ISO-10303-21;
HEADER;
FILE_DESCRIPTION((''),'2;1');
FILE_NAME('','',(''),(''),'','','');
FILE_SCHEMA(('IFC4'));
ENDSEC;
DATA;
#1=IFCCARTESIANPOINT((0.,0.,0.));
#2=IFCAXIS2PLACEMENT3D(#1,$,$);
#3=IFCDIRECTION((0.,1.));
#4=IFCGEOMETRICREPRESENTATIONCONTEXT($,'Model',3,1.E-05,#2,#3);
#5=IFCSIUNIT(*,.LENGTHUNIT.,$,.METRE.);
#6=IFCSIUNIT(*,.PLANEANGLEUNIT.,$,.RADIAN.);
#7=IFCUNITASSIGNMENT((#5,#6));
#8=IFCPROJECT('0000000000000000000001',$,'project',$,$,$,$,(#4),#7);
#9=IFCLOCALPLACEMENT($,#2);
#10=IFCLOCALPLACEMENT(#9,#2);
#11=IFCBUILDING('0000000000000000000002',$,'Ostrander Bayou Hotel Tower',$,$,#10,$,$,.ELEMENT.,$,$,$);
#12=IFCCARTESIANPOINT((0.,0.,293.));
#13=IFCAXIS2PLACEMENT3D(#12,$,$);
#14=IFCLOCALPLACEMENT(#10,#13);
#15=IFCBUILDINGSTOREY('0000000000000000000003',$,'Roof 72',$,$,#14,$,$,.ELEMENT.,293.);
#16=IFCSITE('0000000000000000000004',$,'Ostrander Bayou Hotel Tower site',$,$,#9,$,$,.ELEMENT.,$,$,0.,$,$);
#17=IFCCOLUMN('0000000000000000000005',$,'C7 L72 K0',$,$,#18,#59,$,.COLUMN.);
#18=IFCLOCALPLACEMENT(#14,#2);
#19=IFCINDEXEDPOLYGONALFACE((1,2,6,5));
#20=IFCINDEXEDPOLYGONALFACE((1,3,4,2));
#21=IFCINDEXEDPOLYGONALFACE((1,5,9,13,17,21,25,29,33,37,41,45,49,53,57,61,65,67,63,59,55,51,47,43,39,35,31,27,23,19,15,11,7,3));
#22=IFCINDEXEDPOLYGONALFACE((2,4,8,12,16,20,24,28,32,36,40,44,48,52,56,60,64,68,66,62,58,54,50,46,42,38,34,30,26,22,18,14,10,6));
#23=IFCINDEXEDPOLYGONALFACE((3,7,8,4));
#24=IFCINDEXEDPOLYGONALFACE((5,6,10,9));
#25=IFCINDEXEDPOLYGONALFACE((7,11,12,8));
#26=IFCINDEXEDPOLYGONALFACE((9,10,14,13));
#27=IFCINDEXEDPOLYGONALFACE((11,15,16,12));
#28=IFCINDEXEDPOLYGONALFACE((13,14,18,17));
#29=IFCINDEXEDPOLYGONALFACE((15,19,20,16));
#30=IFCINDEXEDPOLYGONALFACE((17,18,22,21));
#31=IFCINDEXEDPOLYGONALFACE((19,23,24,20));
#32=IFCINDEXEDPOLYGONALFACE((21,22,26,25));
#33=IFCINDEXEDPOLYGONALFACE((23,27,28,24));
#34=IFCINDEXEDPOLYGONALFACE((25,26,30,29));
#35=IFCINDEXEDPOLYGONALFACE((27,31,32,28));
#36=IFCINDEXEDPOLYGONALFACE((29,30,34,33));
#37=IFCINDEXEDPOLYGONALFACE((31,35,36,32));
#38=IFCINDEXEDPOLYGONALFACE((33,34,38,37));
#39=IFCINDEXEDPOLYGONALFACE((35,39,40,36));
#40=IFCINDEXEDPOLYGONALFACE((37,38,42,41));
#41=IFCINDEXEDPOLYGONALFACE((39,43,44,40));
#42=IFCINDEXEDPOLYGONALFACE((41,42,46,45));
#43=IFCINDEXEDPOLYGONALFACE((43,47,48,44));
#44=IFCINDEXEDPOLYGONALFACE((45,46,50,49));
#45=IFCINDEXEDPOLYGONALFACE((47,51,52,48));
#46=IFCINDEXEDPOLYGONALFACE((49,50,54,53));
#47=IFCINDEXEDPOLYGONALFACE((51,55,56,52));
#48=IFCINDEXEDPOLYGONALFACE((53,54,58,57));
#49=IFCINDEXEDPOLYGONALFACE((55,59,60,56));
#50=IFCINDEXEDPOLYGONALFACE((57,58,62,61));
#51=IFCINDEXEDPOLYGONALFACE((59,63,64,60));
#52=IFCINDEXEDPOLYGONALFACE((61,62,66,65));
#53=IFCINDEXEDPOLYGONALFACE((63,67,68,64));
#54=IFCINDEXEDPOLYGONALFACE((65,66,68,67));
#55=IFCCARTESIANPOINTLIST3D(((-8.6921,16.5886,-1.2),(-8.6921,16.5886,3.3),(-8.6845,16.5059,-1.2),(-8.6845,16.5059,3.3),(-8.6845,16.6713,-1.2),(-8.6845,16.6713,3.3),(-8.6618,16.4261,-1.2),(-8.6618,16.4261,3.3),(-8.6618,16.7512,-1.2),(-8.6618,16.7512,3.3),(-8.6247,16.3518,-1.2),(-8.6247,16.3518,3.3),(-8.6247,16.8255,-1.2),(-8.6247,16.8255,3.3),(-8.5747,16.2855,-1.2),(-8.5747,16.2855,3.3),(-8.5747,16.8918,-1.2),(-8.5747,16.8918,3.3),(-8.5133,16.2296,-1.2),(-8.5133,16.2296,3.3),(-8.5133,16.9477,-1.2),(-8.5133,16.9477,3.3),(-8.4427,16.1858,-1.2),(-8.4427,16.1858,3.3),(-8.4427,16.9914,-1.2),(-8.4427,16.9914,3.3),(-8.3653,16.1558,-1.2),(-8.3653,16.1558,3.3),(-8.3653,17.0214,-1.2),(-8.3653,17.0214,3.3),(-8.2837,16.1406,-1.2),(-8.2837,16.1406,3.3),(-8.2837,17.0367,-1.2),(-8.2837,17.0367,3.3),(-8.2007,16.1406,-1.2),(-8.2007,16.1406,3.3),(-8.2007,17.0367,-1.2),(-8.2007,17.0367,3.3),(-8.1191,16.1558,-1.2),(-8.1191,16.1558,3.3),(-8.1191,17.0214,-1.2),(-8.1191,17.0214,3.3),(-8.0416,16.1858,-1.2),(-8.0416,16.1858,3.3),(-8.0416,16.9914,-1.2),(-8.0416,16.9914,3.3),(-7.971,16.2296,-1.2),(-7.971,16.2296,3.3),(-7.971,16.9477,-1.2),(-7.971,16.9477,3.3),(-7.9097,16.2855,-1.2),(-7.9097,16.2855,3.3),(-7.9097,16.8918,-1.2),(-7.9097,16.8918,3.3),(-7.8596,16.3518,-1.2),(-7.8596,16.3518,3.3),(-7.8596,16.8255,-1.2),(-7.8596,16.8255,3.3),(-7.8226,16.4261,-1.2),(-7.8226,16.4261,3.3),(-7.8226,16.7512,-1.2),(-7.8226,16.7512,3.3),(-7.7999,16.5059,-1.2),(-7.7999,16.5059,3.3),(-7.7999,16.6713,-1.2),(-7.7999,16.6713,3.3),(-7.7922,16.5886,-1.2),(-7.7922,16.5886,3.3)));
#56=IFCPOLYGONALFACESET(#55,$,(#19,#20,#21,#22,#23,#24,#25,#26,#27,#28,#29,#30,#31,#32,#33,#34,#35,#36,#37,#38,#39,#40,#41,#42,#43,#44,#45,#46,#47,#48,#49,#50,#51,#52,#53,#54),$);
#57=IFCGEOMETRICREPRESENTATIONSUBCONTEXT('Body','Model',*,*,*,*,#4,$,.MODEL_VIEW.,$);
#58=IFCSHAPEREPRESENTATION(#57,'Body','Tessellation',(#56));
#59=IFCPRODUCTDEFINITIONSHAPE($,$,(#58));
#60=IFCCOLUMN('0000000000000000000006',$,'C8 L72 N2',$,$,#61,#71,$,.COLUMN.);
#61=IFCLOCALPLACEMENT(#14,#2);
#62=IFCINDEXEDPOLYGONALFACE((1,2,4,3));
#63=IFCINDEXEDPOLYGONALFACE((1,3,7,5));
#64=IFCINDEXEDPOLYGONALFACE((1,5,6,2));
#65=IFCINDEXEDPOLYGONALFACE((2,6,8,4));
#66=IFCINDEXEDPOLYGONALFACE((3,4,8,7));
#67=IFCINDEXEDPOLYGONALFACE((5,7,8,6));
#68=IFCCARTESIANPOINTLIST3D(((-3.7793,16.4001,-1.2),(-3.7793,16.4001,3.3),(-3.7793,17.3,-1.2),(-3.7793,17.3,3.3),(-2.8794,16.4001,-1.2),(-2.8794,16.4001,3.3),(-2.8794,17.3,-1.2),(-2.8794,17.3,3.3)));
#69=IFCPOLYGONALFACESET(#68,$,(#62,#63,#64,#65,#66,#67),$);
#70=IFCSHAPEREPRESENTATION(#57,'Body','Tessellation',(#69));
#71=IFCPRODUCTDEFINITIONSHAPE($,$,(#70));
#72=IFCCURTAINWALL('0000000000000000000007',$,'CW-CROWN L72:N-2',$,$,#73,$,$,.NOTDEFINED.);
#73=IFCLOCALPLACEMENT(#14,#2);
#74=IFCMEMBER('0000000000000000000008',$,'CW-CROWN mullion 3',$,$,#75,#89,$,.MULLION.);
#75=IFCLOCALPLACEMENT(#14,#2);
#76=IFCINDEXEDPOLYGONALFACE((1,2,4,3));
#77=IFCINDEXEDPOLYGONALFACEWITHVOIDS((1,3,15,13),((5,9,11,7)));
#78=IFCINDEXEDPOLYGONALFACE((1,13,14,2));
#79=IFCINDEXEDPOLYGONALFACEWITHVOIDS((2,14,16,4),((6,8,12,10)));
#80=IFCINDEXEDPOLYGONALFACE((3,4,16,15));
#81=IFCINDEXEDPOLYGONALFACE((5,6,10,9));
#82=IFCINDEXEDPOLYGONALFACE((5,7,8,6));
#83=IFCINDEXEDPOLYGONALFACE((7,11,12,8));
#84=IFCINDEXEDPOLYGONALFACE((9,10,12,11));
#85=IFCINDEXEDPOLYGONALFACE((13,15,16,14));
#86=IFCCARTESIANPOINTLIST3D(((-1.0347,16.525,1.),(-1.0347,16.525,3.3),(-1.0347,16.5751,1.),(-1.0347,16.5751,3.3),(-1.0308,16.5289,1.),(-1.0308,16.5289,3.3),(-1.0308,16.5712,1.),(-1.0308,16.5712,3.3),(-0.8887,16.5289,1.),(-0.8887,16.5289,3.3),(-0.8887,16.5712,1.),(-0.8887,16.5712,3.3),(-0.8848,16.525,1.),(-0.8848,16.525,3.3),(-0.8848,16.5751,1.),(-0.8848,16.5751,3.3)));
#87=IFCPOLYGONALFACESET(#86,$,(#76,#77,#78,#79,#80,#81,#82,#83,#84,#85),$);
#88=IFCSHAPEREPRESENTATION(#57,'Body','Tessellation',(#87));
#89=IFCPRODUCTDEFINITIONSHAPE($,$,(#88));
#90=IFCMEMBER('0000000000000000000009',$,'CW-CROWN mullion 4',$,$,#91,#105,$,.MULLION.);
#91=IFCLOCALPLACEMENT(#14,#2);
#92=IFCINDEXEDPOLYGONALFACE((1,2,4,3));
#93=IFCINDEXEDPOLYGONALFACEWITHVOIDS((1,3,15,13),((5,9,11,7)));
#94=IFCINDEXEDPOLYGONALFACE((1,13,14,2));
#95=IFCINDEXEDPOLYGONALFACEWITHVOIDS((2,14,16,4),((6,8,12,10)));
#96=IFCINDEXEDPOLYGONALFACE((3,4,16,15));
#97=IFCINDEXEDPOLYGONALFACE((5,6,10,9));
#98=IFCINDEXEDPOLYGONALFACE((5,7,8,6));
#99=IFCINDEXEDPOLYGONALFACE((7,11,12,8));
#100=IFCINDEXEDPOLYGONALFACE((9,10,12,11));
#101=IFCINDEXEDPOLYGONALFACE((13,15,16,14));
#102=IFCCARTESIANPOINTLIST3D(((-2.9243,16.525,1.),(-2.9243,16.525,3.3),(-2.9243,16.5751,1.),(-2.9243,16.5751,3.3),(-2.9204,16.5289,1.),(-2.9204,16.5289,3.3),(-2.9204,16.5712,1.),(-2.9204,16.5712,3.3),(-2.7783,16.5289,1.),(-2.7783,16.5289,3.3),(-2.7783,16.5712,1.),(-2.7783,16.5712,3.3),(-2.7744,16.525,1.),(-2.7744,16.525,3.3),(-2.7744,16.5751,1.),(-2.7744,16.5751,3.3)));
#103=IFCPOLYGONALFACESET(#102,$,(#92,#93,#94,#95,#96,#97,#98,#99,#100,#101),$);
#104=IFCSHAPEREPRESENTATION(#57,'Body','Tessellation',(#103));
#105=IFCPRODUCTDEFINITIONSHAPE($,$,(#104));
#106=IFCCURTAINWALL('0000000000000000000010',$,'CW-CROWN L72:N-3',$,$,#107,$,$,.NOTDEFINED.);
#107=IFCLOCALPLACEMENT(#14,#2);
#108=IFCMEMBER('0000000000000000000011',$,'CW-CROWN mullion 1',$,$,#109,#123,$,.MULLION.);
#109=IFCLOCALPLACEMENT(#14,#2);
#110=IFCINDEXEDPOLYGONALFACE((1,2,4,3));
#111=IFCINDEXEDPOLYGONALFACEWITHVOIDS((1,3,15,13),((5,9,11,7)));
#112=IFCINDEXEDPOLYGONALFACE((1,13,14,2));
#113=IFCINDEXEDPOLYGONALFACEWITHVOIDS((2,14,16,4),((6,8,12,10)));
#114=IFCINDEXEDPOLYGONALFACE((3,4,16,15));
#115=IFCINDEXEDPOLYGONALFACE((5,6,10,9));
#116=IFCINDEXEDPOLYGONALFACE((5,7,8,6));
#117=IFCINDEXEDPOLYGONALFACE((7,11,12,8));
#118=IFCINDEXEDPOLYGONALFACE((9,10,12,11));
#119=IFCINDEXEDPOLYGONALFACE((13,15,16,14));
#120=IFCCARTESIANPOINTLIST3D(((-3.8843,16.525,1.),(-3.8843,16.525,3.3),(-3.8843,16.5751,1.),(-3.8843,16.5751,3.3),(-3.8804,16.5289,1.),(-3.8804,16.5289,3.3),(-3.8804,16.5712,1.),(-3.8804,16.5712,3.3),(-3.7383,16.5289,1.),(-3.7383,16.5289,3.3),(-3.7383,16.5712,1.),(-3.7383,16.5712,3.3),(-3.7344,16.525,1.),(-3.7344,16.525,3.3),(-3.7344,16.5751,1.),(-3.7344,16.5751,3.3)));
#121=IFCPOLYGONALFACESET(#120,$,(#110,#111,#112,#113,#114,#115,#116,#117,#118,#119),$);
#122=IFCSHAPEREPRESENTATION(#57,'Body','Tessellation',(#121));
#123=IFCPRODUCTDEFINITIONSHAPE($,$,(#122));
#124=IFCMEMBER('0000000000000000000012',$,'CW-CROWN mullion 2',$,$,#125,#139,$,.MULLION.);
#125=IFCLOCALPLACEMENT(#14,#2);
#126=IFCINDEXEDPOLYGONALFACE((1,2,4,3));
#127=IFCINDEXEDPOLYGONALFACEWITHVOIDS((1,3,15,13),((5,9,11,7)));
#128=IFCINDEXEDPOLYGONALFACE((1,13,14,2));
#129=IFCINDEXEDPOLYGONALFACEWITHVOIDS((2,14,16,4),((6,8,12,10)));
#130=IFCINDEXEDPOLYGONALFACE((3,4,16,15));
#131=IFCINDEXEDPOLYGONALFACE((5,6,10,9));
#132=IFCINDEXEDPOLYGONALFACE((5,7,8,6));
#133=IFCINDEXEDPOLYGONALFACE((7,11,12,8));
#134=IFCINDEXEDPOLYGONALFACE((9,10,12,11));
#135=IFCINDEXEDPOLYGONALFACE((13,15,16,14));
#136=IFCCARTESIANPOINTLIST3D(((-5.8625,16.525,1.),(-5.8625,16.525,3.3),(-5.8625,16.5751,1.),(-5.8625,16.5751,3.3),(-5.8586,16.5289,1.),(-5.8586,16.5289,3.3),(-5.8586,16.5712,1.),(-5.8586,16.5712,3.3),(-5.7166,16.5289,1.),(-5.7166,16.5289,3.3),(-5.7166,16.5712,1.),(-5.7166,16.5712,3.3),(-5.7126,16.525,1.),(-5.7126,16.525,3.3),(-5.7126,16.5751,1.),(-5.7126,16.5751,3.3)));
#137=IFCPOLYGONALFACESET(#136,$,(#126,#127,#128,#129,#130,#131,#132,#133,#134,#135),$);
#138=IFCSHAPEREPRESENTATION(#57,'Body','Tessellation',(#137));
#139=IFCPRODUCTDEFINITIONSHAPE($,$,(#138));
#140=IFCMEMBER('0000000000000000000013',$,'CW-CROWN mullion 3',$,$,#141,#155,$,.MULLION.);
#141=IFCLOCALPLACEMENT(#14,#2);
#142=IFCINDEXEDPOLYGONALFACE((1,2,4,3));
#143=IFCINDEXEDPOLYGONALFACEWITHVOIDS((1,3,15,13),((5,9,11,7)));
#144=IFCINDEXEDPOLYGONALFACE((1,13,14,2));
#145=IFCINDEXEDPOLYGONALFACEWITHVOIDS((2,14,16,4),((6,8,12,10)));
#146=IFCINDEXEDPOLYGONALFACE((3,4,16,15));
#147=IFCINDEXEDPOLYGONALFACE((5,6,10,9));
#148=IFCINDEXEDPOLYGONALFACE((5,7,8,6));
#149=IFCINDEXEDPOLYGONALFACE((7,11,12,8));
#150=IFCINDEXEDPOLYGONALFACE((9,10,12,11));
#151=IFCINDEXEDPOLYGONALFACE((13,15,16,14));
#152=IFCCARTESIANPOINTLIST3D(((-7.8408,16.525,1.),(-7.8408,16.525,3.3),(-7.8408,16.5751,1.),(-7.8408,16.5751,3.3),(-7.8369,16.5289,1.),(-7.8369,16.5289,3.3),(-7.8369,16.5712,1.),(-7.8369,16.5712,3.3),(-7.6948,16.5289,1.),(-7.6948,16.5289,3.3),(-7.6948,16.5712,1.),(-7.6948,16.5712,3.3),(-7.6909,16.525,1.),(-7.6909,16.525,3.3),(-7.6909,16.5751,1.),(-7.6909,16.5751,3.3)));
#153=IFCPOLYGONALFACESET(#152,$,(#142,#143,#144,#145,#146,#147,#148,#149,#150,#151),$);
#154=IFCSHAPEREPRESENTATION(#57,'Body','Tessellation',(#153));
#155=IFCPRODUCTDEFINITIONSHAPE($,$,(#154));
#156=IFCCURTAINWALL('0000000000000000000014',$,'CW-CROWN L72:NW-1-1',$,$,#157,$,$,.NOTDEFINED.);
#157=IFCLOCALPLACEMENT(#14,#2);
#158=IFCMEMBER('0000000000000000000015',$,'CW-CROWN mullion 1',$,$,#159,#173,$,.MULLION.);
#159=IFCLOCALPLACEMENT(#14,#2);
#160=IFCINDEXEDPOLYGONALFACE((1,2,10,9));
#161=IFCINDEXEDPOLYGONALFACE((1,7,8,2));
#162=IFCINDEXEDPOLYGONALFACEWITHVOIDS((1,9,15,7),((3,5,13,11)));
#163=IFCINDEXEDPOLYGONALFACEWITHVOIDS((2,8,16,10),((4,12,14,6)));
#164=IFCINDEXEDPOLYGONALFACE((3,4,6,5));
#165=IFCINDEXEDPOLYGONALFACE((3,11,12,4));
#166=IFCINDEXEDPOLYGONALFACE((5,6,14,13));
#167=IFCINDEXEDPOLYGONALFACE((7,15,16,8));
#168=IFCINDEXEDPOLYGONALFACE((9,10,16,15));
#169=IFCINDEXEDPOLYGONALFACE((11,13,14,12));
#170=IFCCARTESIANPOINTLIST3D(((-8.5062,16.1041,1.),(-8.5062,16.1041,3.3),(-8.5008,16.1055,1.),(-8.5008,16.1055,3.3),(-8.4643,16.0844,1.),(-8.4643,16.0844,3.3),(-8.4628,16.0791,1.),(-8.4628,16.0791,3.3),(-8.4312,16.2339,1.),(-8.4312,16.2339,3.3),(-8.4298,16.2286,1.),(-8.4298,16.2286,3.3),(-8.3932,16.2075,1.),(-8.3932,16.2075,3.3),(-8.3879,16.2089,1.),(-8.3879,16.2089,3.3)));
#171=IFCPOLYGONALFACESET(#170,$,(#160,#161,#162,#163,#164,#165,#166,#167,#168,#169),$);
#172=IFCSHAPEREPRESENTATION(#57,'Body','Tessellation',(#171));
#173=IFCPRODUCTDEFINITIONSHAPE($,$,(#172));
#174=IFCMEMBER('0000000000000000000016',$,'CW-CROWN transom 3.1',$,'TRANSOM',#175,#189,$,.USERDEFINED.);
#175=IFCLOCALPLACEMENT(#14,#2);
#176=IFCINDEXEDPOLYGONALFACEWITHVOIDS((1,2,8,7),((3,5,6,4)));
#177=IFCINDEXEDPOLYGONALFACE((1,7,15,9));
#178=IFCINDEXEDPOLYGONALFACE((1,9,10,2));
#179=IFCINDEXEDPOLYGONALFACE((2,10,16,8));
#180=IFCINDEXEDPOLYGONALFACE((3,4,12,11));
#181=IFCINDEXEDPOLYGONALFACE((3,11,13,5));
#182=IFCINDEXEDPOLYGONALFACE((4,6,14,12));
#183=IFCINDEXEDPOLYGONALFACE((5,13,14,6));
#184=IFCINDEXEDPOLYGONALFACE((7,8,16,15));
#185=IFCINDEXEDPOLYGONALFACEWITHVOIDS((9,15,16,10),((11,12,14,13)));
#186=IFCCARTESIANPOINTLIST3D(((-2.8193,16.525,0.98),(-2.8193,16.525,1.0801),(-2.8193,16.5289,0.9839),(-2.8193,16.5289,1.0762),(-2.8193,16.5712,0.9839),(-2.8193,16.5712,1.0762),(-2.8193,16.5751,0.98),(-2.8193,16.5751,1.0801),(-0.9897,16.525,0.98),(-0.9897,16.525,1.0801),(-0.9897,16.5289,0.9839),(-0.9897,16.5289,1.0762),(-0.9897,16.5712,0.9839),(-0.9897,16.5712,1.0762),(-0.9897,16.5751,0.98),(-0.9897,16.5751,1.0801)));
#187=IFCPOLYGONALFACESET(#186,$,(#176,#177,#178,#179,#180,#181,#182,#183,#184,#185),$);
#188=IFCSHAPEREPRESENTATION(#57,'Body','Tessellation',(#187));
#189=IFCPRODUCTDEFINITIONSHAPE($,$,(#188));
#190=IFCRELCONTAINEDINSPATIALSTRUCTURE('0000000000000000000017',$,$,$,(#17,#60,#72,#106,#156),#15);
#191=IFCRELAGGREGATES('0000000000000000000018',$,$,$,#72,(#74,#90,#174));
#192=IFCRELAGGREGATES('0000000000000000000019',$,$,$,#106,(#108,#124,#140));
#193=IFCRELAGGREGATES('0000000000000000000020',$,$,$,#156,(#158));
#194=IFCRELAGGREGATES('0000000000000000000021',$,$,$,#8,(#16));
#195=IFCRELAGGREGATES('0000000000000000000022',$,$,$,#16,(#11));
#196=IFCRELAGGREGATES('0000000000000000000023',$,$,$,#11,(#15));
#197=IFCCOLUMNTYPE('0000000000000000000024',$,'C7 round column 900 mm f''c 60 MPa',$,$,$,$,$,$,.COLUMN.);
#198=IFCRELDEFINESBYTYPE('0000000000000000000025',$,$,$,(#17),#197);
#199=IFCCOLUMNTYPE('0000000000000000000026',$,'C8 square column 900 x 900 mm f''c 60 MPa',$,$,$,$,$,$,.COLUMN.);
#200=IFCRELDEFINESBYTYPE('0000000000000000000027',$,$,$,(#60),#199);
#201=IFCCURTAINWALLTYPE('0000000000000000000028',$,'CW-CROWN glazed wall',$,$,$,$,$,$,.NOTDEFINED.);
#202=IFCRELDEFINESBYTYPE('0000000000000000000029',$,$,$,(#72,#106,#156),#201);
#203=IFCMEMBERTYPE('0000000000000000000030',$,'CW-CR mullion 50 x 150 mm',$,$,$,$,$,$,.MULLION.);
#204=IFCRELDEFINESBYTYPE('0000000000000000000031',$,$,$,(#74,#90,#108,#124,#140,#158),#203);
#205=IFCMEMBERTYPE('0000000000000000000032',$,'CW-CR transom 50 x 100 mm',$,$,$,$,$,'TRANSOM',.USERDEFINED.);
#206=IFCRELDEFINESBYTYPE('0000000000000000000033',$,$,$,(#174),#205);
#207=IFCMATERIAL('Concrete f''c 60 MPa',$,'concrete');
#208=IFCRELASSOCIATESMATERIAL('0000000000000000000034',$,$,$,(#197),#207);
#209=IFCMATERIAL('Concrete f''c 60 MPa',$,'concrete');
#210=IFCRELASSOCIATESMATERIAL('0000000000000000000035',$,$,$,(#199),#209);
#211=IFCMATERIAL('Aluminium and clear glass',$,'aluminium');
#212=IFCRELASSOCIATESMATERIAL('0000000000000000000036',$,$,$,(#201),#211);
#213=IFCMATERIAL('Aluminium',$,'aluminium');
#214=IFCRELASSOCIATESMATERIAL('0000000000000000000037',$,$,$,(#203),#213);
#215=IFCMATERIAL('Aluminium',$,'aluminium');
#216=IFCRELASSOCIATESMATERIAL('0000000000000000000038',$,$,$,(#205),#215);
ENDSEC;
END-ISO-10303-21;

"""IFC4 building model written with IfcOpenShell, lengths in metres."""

from ifc_helpers import new_model, si_unit, direction, frame, origin, origin_2d, place, context, subcontext, project, spatial, rectangle, hollow_rectangle, circle, extrude, material, material_profile, profile_set, type_object, element, aggregate, save


model = new_model("IFC4")

# Units and contexts
model_context = context("Model", 3, precision=1e-05, world=origin(), true_north=direction((0.0, 1.0)))
body_context = subcontext(model_context, "Body", "Model", "MODEL_VIEW")
ifc_project = project(units=[si_unit("LENGTHUNIT", "METRE"), si_unit("PLANEANGLEUNIT", "RADIAN")], contexts=[model_context])

# Site, building, storey
site_placement = place(None, origin())
site = spatial("IfcSite", under=ifc_project, at=site_placement, Name="Ostrander Bayou Hotel Tower site", CompositionType="ELEMENT", RefElevation=0.0)
building_placement = place(site_placement, origin())
building = spatial("IfcBuilding", under=site, at=building_placement, Name="Ostrander Bayou Hotel Tower", CompositionType="ELEMENT")
storey_placement = place(building_placement, frame((0.0, 0.0, 293.0)))
storey = spatial("IfcBuildingStorey", under=building, at=storey_placement, Name="Roof 72", CompositionType="ELEMENT", Elevation=293.0)

# Columns
ifc_material_1 = material(Name="Concrete f'c 60 MPa", Category="concrete")
ifc_material_profile_1 = material_profile(ifc_material_1, circle(Radius=0.45, at=origin_2d()))
ifc_profile_set_1 = profile_set([ifc_material_profile_1], Name="Concrete f'c 60 MPa")
column_type_1 = type_object("IfcColumnType", Name="C7 round column 900 mm f'c 60 MPa", PredefinedType="COLUMN", material=ifc_profile_set_1)
column_1_placement = place(storey_placement, frame((-8.2422, 16.5886, -1.2), z_axis=(0.0, 0.0, 1.0), x_axis=(1.0, 0.0, 0.0)))
element("IfcColumn", 1, at=column_1_placement, inside=storey, type_object=column_type_1, Name="C7 L72 K0", PredefinedType="COLUMN", context=body_context, shape_type="SweptSolid", body=[
    extrude(circle(Radius=0.45, at=origin_2d()), origin(), (0.0, 0.0, 1.0), 4.5),
])
ifc_material_2 = material(Name="Concrete f'c 60 MPa", Category="concrete")
ifc_material_profile_2 = material_profile(ifc_material_2, rectangle(XDim=0.8999, YDim=0.8999, at=origin_2d()))
ifc_profile_set_2 = profile_set([ifc_material_profile_2], Name="Concrete f'c 60 MPa")
column_type_2 = type_object("IfcColumnType", Name="C8 square column 900 x 900 mm f'c 60 MPa", PredefinedType="COLUMN", material=ifc_profile_set_2)
column_2_placement = place(storey_placement, frame((-3.3293, 16.8501, -1.2), z_axis=(0.0, 0.0, 1.0), x_axis=(1.0, 0.0, 0.0)))
element("IfcColumn", 2, at=column_2_placement, inside=storey, type_object=column_type_2, Name="C8 L72 N2", PredefinedType="COLUMN", context=body_context, shape_type="SweptSolid", body=[
    extrude(rectangle(XDim=0.8999, YDim=0.8999, at=origin_2d()), origin(), (0.0, 0.0, 1.0), 4.5),
])

# Curtain walls, members
ifc_material_3 = material(Name="Aluminium and clear glass", Category="aluminium")
curtain_wall_type = type_object("IfcCurtainWallType", Name="CW-CROWN glazed wall", PredefinedType="NOTDEFINED", material=ifc_material_3)
curtain_wall_1_placement = place(storey_placement, origin())
curtain_wall_1 = element("IfcCurtainWall", 3, at=curtain_wall_1_placement, inside=storey, type_object=curtain_wall_type, Name="CW-CROWN L72:N-2", PredefinedType="NOTDEFINED")
ifc_material_4 = material(Name="Aluminium", Category="aluminium")
ifc_material_profile_3 = material_profile(ifc_material_4, hollow_rectangle(XDim=0.05, YDim=0.1499, WallThickness=0.0039, at=origin_2d()))
ifc_profile_set_3 = profile_set([ifc_material_profile_3], Name="Aluminium")
member_type_1 = type_object("IfcMemberType", Name="CW-CR mullion 50 x 150 mm", PredefinedType="MULLION", material=ifc_profile_set_3)
member_1_placement = place(storey_placement, frame((-0.9597, 16.55, 1.0), z_axis=(0.0, 0.0, 1.0), x_axis=(0.0, -1.0, 0.0)))
member_1 = element("IfcMember", 4, at=member_1_placement, type_object=member_type_1, Name="CW-CROWN mullion 3", PredefinedType="MULLION", context=body_context, shape_type="SweptSolid", body=[
    extrude(hollow_rectangle(XDim=0.05, YDim=0.1499, WallThickness=0.0039, at=origin_2d()), origin(), (0.0, 0.0, 1.0), 2.3),
])
member_2_placement = place(storey_placement, frame((-2.8494, 16.55, 1.0), z_axis=(0.0, 0.0, 1.0), x_axis=(0.0, -1.0, 0.0)))
member_2 = element("IfcMember", 5, at=member_2_placement, type_object=member_type_1, Name="CW-CROWN mullion 4", PredefinedType="MULLION", context=body_context, shape_type="SweptSolid", body=[
    extrude(hollow_rectangle(XDim=0.05, YDim=0.1499, WallThickness=0.0039, at=origin_2d()), origin(), (0.0, 0.0, 1.0), 2.3),
])
curtain_wall_2_placement = place(storey_placement, origin())
curtain_wall_2 = element("IfcCurtainWall", 6, at=curtain_wall_2_placement, inside=storey, type_object=curtain_wall_type, Name="CW-CROWN L72:N-3", PredefinedType="NOTDEFINED")
member_3_placement = place(storey_placement, frame((-3.8093, 16.55, 1.0), z_axis=(0.0, 0.0, 1.0), x_axis=(0.0, -1.0, 0.0)))
member_3 = element("IfcMember", 7, at=member_3_placement, type_object=member_type_1, Name="CW-CROWN mullion 1", PredefinedType="MULLION", context=body_context, shape_type="SweptSolid", body=[
    extrude(hollow_rectangle(XDim=0.05, YDim=0.1499, WallThickness=0.0039, at=origin_2d()), origin(), (0.0, 0.0, 1.0), 2.3),
])
member_4_placement = place(storey_placement, frame((-5.7876, 16.55, 1.0), z_axis=(0.0, 0.0, 1.0), x_axis=(0.0, -1.0, 0.0)))
member_4 = element("IfcMember", 8, at=member_4_placement, type_object=member_type_1, Name="CW-CROWN mullion 2", PredefinedType="MULLION", context=body_context, shape_type="SweptSolid", body=[
    extrude(hollow_rectangle(XDim=0.05, YDim=0.1499, WallThickness=0.0039, at=origin_2d()), origin(), (0.0, 0.0, 1.0), 2.3),
])
member_5_placement = place(storey_placement, frame((-7.7659, 16.55, 1.0), z_axis=(0.0, 0.0, 1.0), x_axis=(0.0, -1.0, 0.0)))
member_5 = element("IfcMember", 9, at=member_5_placement, type_object=member_type_1, Name="CW-CROWN mullion 3", PredefinedType="MULLION", context=body_context, shape_type="SweptSolid", body=[
    extrude(hollow_rectangle(XDim=0.05, YDim=0.1499, WallThickness=0.0039, at=origin_2d()), origin(), (0.0, 0.0, 1.0), 2.3),
])

# Curtain wall, member
curtain_wall_3_placement = place(storey_placement, origin())
curtain_wall_3 = element("IfcCurtainWall", 10, at=curtain_wall_3_placement, inside=storey, type_object=curtain_wall_type, Name="CW-CROWN L72:NW-1-1", PredefinedType="NOTDEFINED")
member_6_placement = place(storey_placement, frame((-8.447, 16.1565, 1.0), z_axis=(0.0, 0.0, 1.0), x_axis=(0.866026, -0.499999, 0.0)))
member_6 = element("IfcMember", 11, at=member_6_placement, type_object=member_type_1, Name="CW-CROWN mullion 1", PredefinedType="MULLION", context=body_context, shape_type="SweptSolid", body=[
    extrude(hollow_rectangle(XDim=0.05, YDim=0.1499, WallThickness=0.0039, at=origin_2d()), origin(), (0.0, 0.0, 1.0), 2.3),
])

# Member
ifc_material_5 = material(Name="Aluminium", Category="aluminium")
ifc_material_profile_4 = material_profile(ifc_material_5, hollow_rectangle(XDim=0.05, YDim=0.1001, WallThickness=0.0039, at=origin_2d()))
ifc_profile_set_4 = profile_set([ifc_material_profile_4], Name="Aluminium")
member_type_2 = type_object("IfcMemberType", Name="CW-CR transom 50 x 100 mm", ElementType="TRANSOM", PredefinedType="USERDEFINED", material=ifc_profile_set_4)
member_7_placement = place(storey_placement, frame((-0.9897, 16.55, 1.03), z_axis=(-1.0, 0.0, 0.0), x_axis=(0.0, -1.0, 0.0)))
member_7 = element("IfcMember", 12, at=member_7_placement, type_object=member_type_2, Name="CW-CROWN transom 3.1", ObjectType="TRANSOM", PredefinedType="USERDEFINED", context=body_context, shape_type="SweptSolid", body=[
    extrude(hollow_rectangle(XDim=0.05, YDim=0.1001, WallThickness=0.0039, at=origin_2d()), origin(), (0.0, 0.0, 1.0), 1.8296),
])

aggregate(curtain_wall_1, [member_1, member_2, member_7])
aggregate(curtain_wall_2, [member_3, member_4, member_5])
aggregate(curtain_wall_3, [member_6])

save(model, "model.ifc")
